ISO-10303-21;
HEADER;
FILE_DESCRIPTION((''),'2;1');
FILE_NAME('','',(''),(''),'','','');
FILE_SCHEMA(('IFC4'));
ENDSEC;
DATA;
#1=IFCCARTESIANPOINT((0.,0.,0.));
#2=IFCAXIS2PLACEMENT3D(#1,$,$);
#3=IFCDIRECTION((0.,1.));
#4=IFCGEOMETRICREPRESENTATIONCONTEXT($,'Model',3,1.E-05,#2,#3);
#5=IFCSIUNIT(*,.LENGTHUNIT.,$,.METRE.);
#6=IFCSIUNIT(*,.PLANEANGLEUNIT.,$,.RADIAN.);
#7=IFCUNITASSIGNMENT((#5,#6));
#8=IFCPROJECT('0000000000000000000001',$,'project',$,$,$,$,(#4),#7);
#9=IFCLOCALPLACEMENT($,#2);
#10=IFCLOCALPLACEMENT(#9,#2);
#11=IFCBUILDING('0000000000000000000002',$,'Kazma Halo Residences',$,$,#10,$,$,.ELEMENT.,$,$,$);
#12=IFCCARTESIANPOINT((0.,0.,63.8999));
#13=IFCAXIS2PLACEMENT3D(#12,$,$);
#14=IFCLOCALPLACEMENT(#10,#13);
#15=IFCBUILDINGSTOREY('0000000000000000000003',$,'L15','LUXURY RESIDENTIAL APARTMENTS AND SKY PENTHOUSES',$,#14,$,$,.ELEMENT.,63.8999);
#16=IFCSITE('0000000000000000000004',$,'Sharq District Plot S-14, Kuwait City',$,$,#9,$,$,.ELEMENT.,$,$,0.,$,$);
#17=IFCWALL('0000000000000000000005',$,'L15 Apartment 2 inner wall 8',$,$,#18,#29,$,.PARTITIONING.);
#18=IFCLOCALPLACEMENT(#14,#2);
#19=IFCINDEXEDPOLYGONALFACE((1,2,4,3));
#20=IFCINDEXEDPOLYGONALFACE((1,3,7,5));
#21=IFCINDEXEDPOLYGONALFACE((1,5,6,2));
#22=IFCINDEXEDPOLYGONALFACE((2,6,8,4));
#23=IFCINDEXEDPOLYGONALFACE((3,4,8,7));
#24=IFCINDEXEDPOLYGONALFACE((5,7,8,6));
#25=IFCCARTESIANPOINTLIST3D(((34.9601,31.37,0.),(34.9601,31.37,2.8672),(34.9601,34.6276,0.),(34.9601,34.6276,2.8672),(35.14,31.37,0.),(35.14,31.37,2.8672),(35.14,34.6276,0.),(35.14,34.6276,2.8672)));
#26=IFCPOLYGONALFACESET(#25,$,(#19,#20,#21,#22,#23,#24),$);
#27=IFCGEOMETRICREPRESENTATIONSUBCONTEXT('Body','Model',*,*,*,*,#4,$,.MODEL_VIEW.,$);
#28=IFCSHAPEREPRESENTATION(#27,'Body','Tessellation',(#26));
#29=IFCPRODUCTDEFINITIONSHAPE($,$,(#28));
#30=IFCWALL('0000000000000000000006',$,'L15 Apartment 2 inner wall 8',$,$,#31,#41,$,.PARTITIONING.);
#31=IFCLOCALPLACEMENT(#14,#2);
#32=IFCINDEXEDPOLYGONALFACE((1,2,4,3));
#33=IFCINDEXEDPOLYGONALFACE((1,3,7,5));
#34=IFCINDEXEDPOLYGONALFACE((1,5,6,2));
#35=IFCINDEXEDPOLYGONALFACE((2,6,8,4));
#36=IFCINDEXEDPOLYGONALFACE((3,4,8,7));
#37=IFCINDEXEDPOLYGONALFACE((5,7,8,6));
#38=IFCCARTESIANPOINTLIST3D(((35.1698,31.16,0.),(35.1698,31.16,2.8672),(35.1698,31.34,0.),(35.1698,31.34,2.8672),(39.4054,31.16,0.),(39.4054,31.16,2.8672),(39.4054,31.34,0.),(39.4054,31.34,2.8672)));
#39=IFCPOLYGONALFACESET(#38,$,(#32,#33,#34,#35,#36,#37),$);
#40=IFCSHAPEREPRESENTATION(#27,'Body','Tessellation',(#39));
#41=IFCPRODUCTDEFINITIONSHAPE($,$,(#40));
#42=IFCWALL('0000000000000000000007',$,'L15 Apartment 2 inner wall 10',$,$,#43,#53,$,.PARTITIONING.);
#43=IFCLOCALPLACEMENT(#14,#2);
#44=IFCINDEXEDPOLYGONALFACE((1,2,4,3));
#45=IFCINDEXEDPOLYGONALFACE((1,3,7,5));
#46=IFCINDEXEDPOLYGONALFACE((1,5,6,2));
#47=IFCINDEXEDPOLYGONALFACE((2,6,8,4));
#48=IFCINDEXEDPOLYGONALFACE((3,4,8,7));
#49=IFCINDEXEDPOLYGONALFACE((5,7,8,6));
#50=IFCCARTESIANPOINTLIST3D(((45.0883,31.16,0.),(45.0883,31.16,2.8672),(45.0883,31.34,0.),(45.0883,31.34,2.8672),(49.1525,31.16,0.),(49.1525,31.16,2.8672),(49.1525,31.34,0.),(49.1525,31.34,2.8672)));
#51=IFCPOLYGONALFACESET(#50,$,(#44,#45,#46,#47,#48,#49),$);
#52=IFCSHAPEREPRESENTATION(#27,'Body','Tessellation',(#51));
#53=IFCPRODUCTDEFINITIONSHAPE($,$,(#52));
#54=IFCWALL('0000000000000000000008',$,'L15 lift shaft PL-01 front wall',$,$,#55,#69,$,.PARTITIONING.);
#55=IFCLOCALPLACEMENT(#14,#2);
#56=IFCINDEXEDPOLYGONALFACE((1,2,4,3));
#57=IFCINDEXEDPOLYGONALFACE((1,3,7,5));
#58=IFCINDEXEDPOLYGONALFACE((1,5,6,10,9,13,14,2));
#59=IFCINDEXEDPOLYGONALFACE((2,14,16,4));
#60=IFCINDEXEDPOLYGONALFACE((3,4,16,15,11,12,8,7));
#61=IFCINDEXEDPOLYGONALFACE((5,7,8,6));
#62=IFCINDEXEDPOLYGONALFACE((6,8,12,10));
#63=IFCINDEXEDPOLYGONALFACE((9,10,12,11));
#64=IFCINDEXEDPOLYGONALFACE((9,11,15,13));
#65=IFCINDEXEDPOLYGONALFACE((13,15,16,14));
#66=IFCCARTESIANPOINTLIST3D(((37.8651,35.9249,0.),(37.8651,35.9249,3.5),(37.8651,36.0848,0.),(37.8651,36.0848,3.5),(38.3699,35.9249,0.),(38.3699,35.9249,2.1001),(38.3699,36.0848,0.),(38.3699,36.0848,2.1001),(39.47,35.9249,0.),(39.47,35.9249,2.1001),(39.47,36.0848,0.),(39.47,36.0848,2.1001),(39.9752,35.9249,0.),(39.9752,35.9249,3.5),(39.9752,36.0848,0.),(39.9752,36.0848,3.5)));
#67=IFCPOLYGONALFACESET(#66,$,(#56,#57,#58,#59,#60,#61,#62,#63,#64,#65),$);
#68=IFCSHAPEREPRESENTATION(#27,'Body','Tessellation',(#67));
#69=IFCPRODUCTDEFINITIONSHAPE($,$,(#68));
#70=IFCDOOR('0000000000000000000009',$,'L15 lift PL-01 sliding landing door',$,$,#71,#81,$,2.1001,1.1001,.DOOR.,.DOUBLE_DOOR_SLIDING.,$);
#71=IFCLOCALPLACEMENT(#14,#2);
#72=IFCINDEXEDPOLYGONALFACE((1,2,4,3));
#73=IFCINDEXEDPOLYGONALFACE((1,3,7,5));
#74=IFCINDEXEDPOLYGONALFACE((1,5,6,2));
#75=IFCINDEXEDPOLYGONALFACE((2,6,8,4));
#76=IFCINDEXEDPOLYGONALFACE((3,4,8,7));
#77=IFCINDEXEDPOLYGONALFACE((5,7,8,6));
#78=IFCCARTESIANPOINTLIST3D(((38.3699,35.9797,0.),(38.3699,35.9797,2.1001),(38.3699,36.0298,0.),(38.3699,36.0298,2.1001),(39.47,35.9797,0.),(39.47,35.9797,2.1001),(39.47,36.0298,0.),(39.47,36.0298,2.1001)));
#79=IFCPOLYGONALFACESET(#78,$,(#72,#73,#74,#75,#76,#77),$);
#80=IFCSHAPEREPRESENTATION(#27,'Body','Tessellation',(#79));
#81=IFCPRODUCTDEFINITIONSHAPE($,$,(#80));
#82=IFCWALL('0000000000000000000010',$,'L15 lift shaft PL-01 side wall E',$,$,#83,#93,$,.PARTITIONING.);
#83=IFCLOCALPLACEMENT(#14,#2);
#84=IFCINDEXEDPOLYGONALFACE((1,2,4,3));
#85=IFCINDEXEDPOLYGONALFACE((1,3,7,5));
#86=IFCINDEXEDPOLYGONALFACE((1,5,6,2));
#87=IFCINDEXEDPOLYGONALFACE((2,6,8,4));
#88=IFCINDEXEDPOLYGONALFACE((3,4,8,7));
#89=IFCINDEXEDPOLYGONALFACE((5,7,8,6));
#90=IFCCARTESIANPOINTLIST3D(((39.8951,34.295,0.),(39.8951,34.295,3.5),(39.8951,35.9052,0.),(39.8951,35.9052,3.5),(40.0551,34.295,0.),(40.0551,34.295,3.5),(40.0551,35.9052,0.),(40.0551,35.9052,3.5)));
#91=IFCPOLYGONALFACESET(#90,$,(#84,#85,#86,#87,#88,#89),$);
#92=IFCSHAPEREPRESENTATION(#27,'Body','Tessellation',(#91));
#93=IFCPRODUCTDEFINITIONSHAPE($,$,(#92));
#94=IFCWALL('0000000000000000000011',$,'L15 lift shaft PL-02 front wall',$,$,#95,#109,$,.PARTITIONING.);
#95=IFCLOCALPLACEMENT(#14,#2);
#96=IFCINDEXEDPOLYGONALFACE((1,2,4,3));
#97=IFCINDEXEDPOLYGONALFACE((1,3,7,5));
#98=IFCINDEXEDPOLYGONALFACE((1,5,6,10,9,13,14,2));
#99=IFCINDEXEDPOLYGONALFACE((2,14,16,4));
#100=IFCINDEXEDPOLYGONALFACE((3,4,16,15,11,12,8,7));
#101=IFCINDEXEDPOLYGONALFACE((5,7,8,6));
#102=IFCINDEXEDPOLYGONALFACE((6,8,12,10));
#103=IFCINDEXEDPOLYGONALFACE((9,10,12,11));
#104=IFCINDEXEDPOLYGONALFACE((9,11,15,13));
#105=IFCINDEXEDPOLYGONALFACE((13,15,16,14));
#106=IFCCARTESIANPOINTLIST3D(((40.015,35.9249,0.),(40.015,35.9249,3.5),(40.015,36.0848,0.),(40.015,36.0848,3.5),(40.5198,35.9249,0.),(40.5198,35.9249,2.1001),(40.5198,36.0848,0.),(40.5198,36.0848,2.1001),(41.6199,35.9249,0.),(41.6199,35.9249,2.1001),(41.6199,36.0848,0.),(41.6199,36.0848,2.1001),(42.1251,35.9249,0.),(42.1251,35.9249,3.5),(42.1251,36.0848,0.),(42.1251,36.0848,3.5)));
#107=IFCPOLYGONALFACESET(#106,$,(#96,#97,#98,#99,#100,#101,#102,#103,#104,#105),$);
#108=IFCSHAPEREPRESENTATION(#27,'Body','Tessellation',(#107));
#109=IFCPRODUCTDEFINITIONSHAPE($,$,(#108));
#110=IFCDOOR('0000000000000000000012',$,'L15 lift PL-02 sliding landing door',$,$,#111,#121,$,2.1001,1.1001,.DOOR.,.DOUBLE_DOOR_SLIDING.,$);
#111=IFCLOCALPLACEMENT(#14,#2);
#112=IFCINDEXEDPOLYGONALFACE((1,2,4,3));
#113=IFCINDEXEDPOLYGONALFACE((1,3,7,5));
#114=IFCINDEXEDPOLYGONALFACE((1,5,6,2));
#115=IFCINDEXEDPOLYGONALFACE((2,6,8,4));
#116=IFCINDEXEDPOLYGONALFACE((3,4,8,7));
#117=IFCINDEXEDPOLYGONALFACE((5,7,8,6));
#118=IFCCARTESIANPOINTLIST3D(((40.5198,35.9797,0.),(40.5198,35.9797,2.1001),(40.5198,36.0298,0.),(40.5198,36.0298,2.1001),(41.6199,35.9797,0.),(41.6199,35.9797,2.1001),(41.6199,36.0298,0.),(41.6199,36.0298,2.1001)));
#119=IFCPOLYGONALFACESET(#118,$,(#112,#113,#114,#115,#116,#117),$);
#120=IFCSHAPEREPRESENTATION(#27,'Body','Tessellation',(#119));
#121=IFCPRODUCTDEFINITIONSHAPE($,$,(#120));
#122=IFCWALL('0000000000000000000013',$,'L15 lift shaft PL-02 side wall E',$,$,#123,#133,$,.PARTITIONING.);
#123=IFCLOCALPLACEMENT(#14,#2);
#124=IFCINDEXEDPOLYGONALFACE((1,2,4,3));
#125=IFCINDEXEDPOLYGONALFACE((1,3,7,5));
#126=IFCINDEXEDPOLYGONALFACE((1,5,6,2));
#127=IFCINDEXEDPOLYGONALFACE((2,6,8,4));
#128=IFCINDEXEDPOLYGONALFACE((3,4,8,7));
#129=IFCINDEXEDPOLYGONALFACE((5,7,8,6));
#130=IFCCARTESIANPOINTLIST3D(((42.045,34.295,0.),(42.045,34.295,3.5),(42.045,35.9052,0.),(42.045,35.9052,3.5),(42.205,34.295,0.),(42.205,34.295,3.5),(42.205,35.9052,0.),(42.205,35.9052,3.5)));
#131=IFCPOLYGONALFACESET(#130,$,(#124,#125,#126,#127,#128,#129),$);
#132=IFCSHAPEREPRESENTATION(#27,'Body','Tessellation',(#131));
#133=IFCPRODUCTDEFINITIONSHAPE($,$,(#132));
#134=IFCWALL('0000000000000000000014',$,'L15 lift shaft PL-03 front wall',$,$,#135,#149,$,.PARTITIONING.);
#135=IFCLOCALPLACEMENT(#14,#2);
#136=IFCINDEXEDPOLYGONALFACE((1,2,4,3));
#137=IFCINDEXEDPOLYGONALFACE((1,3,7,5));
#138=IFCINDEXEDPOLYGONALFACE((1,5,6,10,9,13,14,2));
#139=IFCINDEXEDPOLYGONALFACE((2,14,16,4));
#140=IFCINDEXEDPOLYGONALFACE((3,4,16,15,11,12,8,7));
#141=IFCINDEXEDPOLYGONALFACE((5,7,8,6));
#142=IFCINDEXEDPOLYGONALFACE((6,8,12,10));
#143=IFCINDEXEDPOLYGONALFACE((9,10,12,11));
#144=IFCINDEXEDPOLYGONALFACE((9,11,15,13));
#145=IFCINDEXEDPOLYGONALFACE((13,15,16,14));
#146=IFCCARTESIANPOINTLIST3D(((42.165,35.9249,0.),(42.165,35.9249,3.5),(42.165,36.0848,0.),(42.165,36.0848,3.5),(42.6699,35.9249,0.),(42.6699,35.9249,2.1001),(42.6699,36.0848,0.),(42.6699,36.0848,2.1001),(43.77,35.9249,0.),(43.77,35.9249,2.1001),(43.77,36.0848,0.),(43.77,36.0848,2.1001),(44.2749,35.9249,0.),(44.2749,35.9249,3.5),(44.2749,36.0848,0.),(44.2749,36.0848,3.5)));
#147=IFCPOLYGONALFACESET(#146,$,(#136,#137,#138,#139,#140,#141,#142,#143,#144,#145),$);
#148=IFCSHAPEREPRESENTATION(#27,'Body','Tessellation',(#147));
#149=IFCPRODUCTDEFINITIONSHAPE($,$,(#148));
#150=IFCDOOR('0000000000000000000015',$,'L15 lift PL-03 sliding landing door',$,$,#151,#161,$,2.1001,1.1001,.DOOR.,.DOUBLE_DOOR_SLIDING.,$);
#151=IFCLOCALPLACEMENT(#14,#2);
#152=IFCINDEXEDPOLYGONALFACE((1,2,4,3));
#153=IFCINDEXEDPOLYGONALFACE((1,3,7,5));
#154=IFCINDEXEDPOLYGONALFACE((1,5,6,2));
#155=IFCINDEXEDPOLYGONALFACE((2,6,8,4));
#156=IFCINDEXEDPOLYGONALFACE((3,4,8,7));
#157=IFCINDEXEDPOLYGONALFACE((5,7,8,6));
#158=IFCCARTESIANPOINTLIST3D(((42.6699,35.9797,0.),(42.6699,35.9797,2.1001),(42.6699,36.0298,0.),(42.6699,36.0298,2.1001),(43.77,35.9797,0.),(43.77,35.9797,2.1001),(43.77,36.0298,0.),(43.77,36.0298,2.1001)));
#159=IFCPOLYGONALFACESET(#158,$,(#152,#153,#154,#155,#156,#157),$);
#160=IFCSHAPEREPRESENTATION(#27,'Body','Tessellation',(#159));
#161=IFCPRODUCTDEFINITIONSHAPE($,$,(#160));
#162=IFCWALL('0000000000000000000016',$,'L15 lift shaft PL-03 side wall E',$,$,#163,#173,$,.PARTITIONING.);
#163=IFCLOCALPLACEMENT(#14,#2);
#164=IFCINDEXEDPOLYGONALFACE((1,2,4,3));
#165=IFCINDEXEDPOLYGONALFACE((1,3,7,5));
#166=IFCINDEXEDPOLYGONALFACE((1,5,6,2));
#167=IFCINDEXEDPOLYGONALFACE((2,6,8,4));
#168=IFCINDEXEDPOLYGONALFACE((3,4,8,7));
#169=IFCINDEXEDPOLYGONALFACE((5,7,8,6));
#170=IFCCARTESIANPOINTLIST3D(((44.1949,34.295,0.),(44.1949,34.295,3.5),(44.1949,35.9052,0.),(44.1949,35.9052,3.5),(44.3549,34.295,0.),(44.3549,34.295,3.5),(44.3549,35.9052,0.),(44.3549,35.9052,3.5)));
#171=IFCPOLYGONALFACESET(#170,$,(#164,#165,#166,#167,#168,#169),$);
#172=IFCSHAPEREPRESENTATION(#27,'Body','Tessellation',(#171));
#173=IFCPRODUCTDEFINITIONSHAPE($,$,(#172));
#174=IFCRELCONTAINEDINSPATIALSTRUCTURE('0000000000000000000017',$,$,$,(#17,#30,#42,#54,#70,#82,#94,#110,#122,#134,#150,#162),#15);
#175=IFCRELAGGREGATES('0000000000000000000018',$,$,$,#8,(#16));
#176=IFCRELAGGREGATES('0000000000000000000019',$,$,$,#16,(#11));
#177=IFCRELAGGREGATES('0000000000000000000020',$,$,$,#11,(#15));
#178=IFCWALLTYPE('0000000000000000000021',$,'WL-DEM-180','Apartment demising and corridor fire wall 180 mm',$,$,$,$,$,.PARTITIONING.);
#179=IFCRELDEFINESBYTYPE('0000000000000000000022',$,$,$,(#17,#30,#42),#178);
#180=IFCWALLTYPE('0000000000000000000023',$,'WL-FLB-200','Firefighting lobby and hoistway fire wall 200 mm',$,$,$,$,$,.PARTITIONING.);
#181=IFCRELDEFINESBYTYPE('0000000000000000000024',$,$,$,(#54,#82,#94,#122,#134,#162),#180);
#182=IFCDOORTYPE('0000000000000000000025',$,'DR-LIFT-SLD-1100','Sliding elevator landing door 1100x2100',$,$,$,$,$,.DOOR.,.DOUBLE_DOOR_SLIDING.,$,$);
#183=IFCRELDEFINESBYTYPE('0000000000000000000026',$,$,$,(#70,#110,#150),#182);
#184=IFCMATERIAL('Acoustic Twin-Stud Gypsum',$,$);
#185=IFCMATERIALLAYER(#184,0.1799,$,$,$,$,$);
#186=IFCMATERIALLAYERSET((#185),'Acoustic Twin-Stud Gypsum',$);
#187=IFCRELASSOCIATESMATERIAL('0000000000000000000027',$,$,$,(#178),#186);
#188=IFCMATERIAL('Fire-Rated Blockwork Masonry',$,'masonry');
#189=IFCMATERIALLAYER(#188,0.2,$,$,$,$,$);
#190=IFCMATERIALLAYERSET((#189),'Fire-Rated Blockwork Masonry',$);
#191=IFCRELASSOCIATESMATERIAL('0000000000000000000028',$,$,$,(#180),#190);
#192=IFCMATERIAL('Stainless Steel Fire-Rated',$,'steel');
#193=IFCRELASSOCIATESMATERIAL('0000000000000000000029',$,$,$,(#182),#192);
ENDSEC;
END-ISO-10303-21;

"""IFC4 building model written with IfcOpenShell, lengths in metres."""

from ifc_helpers import new_model, si_unit, direction, frame, frame_2d, origin, place, context, subcontext, project, spatial, rectangle, extrude, material, layer, layer_set, type_object, element, fill, save


model = new_model("IFC4")

# Units and contexts
model_context = context("Model", 3, precision=1e-05, world=origin(), true_north=direction((0.0, 1.0)))
body_context = subcontext(model_context, "Body", "Model", "MODEL_VIEW")
ifc_project = project(units=[si_unit("LENGTHUNIT", "METRE"), si_unit("PLANEANGLEUNIT", "RADIAN")], contexts=[model_context])

# Site, building, storey
site_placement = place(None, origin())
site = spatial("IfcSite", under=ifc_project, at=site_placement, Name="Sharq District Plot S-14, Kuwait City", CompositionType="ELEMENT", RefElevation=0.0)
building_placement = place(site_placement, origin())
building = spatial("IfcBuilding", under=site, at=building_placement, Name="Kazma Halo Residences", CompositionType="ELEMENT")
storey_placement = place(building_placement, frame((0.0, 0.0, 63.8999)))
storey = spatial("IfcBuildingStorey", under=building, at=storey_placement, Name="L15", Description="LUXURY RESIDENTIAL APARTMENTS AND SKY PENTHOUSES", CompositionType="ELEMENT", Elevation=63.8999)

# Shared definitions
ifc_material_1 = material(Name="Acoustic Twin-Stud Gypsum")
ifc_layer_1 = layer(ifc_material_1, 0.1799)
ifc_layer_set_1 = layer_set([ifc_layer_1], Name="Acoustic Twin-Stud Gypsum")
wall_type_1 = type_object("IfcWallType", Name="WL-DEM-180", Description="Apartment demising and corridor fire wall 180 mm", PredefinedType="PARTITIONING", material=ifc_layer_set_1)

# Walls
wall_1_placement = place(storey_placement, frame((35.05, 34.6277, 0.0), z_axis=(0.0, 0.0, 1.0), x_axis=(0.0, -1.0, 0.0)))
element("IfcWall", 1, at=wall_1_placement, inside=storey, type_object=wall_type_1, Name="L15 Apartment 2 inner wall 8", PredefinedType="PARTITIONING", context=body_context, shape_type="SweptSolid", body=[
    extrude(rectangle(XDim=3.2576, YDim=0.1799, at=frame_2d((1.6289, 0.0))), origin(), (0.0, 0.0, 1.0), 2.8672),
])
wall_2_placement = place(storey_placement, frame((35.1699, 31.25, 0.0), z_axis=(0.0, 0.0, 1.0), x_axis=(1.0, 0.0, 0.0)))
element("IfcWall", 2, at=wall_2_placement, inside=storey, type_object=wall_type_1, Name="L15 Apartment 2 inner wall 8", PredefinedType="PARTITIONING", context=body_context, shape_type="SweptSolid", body=[
    extrude(rectangle(XDim=4.2356, YDim=0.1799, at=frame_2d((2.1177, 0.0))), origin(), (0.0, 0.0, 1.0), 2.8672),
])
wall_3_placement = place(storey_placement, frame((45.0881, 31.25, 0.0), z_axis=(0.0, 0.0, 1.0), x_axis=(1.0, 0.0, 0.0)))
element("IfcWall", 3, at=wall_3_placement, inside=storey, type_object=wall_type_1, Name="L15 Apartment 2 inner wall 10", PredefinedType="PARTITIONING", context=body_context, shape_type="SweptSolid", body=[
    extrude(rectangle(XDim=4.0642, YDim=0.1799, at=frame_2d((2.0322, 0.0))), origin(), (0.0, 0.0, 1.0), 2.8672),
])

# Wall, opening, door
ifc_material_2 = material(Name="Fire-Rated Blockwork Masonry", Category="masonry")
ifc_layer_2 = layer(ifc_material_2, 0.2)
ifc_layer_set_2 = layer_set([ifc_layer_2], Name="Fire-Rated Blockwork Masonry")
wall_type_2 = type_object("IfcWallType", Name="WL-FLB-200", Description="Firefighting lobby and hoistway fire wall 200 mm", PredefinedType="PARTITIONING", material=ifc_layer_set_2)
wall_4_placement = place(storey_placement, frame((37.865, 36.0049, 0.0), z_axis=(0.0, 0.0, 1.0), x_axis=(1.0, 0.0, 0.0)))
wall_4 = element("IfcWall", 4, at=wall_4_placement, inside=storey, type_object=wall_type_2, Name="L15 lift shaft PL-01 front wall", PredefinedType="PARTITIONING", context=body_context, shape_type="SweptSolid", body=[
    extrude(rectangle(XDim=2.1101, YDim=0.1599, at=frame_2d((1.0552, 0.0))), origin(), (0.0, 0.0, 1.0), 3.5),
])
opening_1_placement = place(wall_4_placement, frame((0.5049, 0.0, 0.0)))
opening_1 = element("IfcOpeningElement", 5, at=opening_1_placement, cuts=wall_4, PredefinedType="OPENING", context=body_context, shape_type="SweptSolid", body=[
    extrude(rectangle(XDim=1.1001, YDim=2.1001, at=frame_2d((0.55, 1.05))), frame((0.0, 0.0898, 0.0), z_axis=(0.0, -1.0, 0.0), x_axis=(1.0, 0.0, 0.0)), (0.0, 0.0, 1.0), 0.1799),
])
ifc_material_3 = material(Name="Stainless Steel Fire-Rated", Category="steel")
door_type_1 = type_object("IfcDoorType", Name="DR-LIFT-SLD-1100", Description="Sliding elevator landing door 1100x2100", OperationType="DOUBLE_DOOR_SLIDING", PredefinedType="DOOR", material=ifc_material_3)
door_1_placement = place(opening_1_placement, origin())
door_1 = element("IfcDoor", 6, at=door_1_placement, inside=storey, type_object=door_type_1, Name="L15 lift PL-01 sliding landing door", OperationType="DOUBLE_DOOR_SLIDING", OverallHeight=2.1001, OverallWidth=1.1001, PredefinedType="DOOR", context=body_context, shape_type="SweptSolid", body=[
    extrude(rectangle(XDim=1.1001, YDim=2.1001, at=frame_2d((0.55, 1.05))), frame((0.0, 0.0249, 0.0), z_axis=(0.0, -1.0, 0.0), x_axis=(1.0, 0.0, 0.0)), (0.0, 0.0, 1.0), 0.05),
])
fill(opening_1, door_1)

# Wall
wall_5_placement = place(storey_placement, frame((39.9751, 34.2949, 0.0), z_axis=(0.0, 0.0, 1.0), x_axis=(0.0, 1.0, 0.0)))
element("IfcWall", 7, at=wall_5_placement, inside=storey, type_object=wall_type_2, Name="L15 lift shaft PL-01 side wall E", PredefinedType="PARTITIONING", context=body_context, shape_type="SweptSolid", body=[
    extrude(rectangle(XDim=1.6101, YDim=0.1599, at=frame_2d((0.8052, 0.0))), origin(), (0.0, 0.0, 1.0), 3.5),
])

# Wall, opening, door
wall_6_placement = place(storey_placement, frame((40.0149, 36.0049, 0.0), z_axis=(0.0, 0.0, 1.0), x_axis=(1.0, 0.0, 0.0)))
wall_6 = element("IfcWall", 8, at=wall_6_placement, inside=storey, type_object=wall_type_2, Name="L15 lift shaft PL-02 front wall", PredefinedType="PARTITIONING", context=body_context, shape_type="SweptSolid", body=[
    extrude(rectangle(XDim=2.1101, YDim=0.1599, at=frame_2d((1.0552, 0.0))), origin(), (0.0, 0.0, 1.0), 3.5),
])
opening_2_placement = place(wall_6_placement, frame((0.5049, 0.0, 0.0)))
opening_2 = element("IfcOpeningElement", 9, at=opening_2_placement, cuts=wall_6, PredefinedType="OPENING", context=body_context, shape_type="SweptSolid", body=[
    extrude(rectangle(XDim=1.1001, YDim=2.1001, at=frame_2d((0.55, 1.05))), frame((0.0, 0.0898, 0.0), z_axis=(0.0, -1.0, 0.0), x_axis=(1.0, 0.0, 0.0)), (0.0, 0.0, 1.0), 0.1799),
])
door_2_placement = place(opening_2_placement, origin())
door_2 = element("IfcDoor", 10, at=door_2_placement, inside=storey, type_object=door_type_1, Name="L15 lift PL-02 sliding landing door", OperationType="DOUBLE_DOOR_SLIDING", OverallHeight=2.1001, OverallWidth=1.1001, PredefinedType="DOOR", context=body_context, shape_type="SweptSolid", body=[
    extrude(rectangle(XDim=1.1001, YDim=2.1001, at=frame_2d((0.55, 1.05))), frame((0.0, 0.0249, 0.0), z_axis=(0.0, -1.0, 0.0), x_axis=(1.0, 0.0, 0.0)), (0.0, 0.0, 1.0), 0.05),
])
fill(opening_2, door_2)

# Wall
wall_7_placement = place(storey_placement, frame((42.125, 34.2949, 0.0), z_axis=(0.0, 0.0, 1.0), x_axis=(0.0, 1.0, 0.0)))
element("IfcWall", 11, at=wall_7_placement, inside=storey, type_object=wall_type_2, Name="L15 lift shaft PL-02 side wall E", PredefinedType="PARTITIONING", context=body_context, shape_type="SweptSolid", body=[
    extrude(rectangle(XDim=1.6101, YDim=0.1599, at=frame_2d((0.8052, 0.0))), origin(), (0.0, 0.0, 1.0), 3.5),
])

# Wall, opening, door
wall_8_placement = place(storey_placement, frame((42.165, 36.0049, 0.0), z_axis=(0.0, 0.0, 1.0), x_axis=(1.0, 0.0, 0.0)))
wall_8 = element("IfcWall", 12, at=wall_8_placement, inside=storey, type_object=wall_type_2, Name="L15 lift shaft PL-03 front wall", PredefinedType="PARTITIONING", context=body_context, shape_type="SweptSolid", body=[
    extrude(rectangle(XDim=2.1099, YDim=0.1599, at=frame_2d((1.0549, 0.0))), origin(), (0.0, 0.0, 1.0), 3.5),
])
opening_3_placement = place(wall_8_placement, frame((0.5049, 0.0, 0.0)))
opening_3 = element("IfcOpeningElement", 13, at=opening_3_placement, cuts=wall_8, PredefinedType="OPENING", context=body_context, shape_type="SweptSolid", body=[
    extrude(rectangle(XDim=1.1001, YDim=2.1001, at=frame_2d((0.55, 1.05))), frame((0.0, 0.0898, 0.0), z_axis=(0.0, -1.0, 0.0), x_axis=(1.0, 0.0, 0.0)), (0.0, 0.0, 1.0), 0.1799),
])
door_3_placement = place(opening_3_placement, origin())
door_3 = element("IfcDoor", 14, at=door_3_placement, inside=storey, type_object=door_type_1, Name="L15 lift PL-03 sliding landing door", OperationType="DOUBLE_DOOR_SLIDING", OverallHeight=2.1001, OverallWidth=1.1001, PredefinedType="DOOR", context=body_context, shape_type="SweptSolid", body=[
    extrude(rectangle(XDim=1.1001, YDim=2.1001, at=frame_2d((0.55, 1.05))), frame((0.0, 0.0249, 0.0), z_axis=(0.0, -1.0, 0.0), x_axis=(1.0, 0.0, 0.0)), (0.0, 0.0, 1.0), 0.05),
])
fill(opening_3, door_3)

# Wall
wall_9_placement = place(storey_placement, frame((44.2749, 34.2949, 0.0), z_axis=(0.0, 0.0, 1.0), x_axis=(0.0, 1.0, 0.0)))
element("IfcWall", 15, at=wall_9_placement, inside=storey, type_object=wall_type_2, Name="L15 lift shaft PL-03 side wall E", PredefinedType="PARTITIONING", context=body_context, shape_type="SweptSolid", body=[
    extrude(rectangle(XDim=1.6101, YDim=0.1599, at=frame_2d((0.8052, 0.0))), origin(), (0.0, 0.0, 1.0), 3.5),
])

save(model, "model.ifc")
